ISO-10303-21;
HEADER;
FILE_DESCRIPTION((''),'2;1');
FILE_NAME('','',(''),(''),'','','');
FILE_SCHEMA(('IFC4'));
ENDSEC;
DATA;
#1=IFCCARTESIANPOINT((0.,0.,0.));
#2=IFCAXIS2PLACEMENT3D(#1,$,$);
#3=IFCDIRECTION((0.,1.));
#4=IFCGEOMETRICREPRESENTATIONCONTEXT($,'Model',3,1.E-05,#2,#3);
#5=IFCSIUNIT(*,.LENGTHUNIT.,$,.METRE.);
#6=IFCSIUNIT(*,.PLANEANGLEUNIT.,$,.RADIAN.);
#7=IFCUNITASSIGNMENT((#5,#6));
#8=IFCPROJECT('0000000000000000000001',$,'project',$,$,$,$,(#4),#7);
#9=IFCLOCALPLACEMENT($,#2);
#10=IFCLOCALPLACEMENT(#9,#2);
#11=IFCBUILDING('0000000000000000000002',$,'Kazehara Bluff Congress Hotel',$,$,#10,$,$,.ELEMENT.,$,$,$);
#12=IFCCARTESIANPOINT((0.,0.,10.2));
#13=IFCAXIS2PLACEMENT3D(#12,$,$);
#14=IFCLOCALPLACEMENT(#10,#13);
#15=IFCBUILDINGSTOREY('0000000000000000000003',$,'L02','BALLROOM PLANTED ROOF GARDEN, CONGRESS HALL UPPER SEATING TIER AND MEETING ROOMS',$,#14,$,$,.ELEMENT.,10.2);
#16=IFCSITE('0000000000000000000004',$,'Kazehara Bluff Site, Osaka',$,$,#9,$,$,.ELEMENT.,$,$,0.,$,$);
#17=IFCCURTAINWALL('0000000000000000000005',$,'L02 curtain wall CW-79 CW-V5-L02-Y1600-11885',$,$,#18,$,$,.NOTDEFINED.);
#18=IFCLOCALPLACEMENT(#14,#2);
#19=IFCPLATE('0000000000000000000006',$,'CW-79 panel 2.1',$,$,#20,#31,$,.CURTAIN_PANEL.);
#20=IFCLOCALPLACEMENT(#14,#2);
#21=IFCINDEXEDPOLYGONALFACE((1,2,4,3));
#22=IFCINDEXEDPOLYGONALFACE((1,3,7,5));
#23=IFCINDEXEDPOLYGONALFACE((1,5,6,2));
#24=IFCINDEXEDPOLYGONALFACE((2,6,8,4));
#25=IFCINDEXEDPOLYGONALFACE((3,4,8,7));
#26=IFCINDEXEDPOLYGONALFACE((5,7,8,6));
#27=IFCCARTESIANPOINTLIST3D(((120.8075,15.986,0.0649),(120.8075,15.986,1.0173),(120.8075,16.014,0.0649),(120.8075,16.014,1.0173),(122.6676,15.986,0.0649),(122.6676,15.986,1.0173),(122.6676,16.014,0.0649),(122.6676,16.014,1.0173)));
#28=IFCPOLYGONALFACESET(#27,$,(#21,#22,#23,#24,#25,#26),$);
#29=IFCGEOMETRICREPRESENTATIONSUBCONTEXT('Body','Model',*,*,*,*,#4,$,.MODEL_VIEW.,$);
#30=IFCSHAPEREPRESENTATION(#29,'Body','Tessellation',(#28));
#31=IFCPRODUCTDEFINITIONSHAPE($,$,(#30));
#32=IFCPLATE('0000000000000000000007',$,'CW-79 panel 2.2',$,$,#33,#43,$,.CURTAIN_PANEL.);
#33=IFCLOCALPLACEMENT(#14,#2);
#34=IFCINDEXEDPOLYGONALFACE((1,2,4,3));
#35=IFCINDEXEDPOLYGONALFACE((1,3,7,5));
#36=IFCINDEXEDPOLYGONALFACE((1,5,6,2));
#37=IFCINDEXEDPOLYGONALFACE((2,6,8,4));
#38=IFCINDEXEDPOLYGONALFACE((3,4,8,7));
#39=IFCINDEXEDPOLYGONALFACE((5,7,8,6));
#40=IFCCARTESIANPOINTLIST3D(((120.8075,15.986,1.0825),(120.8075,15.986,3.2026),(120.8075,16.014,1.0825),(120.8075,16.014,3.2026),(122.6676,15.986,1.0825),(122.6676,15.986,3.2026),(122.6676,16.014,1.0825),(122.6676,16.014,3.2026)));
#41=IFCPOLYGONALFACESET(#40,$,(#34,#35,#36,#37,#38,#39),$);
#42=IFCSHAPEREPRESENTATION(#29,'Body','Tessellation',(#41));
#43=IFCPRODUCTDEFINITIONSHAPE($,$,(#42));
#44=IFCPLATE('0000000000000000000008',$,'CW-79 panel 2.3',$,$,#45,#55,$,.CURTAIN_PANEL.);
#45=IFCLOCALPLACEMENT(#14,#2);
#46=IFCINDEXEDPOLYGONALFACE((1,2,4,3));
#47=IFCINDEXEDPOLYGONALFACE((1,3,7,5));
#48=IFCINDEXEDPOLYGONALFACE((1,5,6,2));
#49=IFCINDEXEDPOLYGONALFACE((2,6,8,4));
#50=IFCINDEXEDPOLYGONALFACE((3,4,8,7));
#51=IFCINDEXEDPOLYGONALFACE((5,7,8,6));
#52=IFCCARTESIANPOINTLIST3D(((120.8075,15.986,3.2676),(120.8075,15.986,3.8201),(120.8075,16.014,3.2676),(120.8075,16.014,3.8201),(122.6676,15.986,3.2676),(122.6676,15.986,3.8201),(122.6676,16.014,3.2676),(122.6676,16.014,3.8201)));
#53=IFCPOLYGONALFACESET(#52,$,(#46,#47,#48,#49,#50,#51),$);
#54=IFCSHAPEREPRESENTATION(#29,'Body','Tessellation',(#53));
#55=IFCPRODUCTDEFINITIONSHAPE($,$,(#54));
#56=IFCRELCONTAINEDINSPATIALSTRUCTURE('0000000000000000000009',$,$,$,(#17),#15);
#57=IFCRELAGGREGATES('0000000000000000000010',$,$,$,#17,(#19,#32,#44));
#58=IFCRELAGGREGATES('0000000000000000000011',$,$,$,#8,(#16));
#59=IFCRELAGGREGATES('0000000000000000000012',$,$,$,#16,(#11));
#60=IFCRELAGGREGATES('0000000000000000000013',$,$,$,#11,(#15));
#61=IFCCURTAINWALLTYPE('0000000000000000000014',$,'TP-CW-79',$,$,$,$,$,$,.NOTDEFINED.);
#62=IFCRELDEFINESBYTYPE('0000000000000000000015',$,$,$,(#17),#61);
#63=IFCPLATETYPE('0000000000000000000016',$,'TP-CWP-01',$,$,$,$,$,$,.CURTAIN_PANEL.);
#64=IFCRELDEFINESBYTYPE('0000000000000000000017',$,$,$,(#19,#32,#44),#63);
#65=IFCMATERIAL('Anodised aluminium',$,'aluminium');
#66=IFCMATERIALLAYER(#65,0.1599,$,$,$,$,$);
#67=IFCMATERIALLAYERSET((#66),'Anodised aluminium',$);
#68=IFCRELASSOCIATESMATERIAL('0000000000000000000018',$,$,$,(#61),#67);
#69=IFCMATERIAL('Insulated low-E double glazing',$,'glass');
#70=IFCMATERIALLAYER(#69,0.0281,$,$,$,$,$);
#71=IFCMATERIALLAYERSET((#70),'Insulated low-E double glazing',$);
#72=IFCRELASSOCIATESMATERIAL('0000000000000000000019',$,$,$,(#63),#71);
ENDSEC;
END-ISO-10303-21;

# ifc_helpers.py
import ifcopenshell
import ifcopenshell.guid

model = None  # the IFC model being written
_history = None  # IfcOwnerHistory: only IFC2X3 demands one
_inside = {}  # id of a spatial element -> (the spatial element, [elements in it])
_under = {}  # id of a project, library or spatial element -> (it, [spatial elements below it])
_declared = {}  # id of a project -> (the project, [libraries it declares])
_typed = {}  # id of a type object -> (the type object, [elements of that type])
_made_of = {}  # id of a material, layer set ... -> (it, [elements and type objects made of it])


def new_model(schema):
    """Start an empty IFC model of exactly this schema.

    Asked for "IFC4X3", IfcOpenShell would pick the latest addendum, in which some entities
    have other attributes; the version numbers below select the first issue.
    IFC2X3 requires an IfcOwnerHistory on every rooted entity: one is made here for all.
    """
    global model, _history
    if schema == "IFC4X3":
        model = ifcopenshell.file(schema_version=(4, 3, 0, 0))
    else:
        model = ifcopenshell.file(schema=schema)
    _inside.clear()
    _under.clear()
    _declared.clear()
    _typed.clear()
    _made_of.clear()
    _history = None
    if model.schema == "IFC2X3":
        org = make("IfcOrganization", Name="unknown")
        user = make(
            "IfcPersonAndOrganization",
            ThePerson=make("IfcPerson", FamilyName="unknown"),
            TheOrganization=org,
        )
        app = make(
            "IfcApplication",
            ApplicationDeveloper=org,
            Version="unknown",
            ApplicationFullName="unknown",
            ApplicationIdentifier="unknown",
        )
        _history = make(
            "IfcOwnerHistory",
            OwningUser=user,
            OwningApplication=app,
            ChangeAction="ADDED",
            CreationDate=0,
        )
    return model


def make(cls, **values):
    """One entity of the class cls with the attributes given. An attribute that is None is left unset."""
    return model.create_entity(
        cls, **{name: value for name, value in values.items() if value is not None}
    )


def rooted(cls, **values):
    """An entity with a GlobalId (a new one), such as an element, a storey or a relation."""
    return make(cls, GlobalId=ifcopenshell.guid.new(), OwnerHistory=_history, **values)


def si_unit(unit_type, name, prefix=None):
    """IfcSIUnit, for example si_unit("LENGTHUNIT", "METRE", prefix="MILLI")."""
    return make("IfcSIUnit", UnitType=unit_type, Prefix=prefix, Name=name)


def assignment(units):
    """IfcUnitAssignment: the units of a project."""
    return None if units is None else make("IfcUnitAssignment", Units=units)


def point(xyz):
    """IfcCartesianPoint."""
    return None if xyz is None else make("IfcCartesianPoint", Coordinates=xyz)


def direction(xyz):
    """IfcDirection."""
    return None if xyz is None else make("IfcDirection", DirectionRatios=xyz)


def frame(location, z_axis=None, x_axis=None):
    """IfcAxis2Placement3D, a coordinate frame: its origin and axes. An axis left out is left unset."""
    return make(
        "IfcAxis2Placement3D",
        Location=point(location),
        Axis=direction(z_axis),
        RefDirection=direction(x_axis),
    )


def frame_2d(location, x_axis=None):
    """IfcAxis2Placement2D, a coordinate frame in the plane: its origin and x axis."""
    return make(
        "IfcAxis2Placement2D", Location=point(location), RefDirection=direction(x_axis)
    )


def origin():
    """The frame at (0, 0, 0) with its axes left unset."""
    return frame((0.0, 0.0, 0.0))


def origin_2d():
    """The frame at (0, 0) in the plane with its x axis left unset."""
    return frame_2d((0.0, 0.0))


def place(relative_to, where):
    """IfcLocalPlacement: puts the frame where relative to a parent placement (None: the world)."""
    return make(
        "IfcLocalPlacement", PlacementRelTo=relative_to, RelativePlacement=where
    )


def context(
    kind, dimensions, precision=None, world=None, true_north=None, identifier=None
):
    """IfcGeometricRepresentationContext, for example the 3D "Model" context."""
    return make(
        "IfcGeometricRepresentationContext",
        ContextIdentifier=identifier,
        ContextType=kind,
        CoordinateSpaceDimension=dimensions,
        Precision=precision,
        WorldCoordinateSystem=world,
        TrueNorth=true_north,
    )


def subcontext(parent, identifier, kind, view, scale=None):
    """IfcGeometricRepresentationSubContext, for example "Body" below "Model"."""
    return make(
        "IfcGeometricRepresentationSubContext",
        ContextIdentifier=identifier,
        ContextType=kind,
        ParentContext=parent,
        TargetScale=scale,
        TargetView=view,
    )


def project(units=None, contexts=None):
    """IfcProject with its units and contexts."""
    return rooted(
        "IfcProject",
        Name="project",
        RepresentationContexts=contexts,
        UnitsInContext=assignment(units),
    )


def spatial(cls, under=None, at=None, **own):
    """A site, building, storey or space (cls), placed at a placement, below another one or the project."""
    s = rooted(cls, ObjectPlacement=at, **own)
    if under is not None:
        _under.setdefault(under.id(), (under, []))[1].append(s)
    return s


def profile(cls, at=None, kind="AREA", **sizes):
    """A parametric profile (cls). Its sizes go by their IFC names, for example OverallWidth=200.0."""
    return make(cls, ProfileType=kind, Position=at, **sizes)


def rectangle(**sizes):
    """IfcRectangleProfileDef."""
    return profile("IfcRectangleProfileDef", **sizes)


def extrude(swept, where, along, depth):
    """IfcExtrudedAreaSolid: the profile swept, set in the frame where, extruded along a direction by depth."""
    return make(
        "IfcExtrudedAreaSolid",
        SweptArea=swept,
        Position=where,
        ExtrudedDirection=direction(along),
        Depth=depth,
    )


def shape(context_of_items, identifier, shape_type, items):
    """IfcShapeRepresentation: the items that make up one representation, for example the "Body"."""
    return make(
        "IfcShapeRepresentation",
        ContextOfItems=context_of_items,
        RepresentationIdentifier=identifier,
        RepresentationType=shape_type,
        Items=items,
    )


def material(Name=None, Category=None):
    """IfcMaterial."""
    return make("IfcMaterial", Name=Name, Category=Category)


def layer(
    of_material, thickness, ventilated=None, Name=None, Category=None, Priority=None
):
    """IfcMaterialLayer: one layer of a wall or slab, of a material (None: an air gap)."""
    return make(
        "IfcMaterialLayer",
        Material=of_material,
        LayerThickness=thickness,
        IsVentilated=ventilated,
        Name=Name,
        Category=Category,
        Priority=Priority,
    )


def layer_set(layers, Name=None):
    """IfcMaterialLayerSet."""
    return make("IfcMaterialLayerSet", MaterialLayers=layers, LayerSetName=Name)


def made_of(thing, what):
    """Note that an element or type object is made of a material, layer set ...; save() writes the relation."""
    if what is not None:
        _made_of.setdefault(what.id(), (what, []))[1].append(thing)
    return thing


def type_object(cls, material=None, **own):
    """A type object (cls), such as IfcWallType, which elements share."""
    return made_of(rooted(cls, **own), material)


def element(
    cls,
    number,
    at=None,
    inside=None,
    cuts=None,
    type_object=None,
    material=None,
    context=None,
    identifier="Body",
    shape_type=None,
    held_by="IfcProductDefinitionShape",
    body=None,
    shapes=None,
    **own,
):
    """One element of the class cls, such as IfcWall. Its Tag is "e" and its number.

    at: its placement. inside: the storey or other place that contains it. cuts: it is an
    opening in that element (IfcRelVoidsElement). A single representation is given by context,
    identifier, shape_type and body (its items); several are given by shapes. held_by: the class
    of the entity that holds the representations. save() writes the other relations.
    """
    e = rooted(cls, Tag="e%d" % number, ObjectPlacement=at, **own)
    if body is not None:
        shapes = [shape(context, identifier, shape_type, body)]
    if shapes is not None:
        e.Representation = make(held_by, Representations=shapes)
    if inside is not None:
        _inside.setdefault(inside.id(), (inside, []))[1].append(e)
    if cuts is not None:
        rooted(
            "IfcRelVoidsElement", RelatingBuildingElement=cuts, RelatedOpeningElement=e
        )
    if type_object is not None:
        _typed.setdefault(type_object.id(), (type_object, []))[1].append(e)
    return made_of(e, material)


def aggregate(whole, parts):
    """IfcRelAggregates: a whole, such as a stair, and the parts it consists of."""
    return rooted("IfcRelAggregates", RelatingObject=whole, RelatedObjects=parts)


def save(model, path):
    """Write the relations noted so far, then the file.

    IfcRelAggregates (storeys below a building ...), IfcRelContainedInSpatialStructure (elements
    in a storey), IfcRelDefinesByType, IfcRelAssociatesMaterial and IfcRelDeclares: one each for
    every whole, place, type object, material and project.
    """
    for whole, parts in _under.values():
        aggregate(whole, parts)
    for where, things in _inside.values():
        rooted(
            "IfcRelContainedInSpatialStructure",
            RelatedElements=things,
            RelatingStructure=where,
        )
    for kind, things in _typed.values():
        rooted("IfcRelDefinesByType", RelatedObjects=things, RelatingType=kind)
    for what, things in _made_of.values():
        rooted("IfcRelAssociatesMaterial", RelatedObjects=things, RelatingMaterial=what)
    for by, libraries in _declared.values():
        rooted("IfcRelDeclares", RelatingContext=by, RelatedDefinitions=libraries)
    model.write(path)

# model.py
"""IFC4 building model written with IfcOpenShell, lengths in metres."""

from ifc_helpers import new_model, si_unit, direction, frame, origin, origin_2d, place, context, subcontext, project, spatial, rectangle, extrude, material, layer, layer_set, type_object, element, aggregate, save


model = new_model("IFC4")

# Units and contexts
model_context = context("Model", 3, precision=1e-05, world=origin(), true_north=direction((0.0, 1.0)))
body_context = subcontext(model_context, "Body", "Model", "MODEL_VIEW")
ifc_project = project(units=[si_unit("LENGTHUNIT", "METRE"), si_unit("PLANEANGLEUNIT", "RADIAN")], contexts=[model_context])

# Site, building, storey
site_placement = place(None, origin())
site = spatial("IfcSite", under=ifc_project, at=site_placement, Name="Kazehara Bluff Site, Osaka", CompositionType="ELEMENT", RefElevation=0.0)
building_placement = place(site_placement, origin())
building = spatial("IfcBuilding", under=site, at=building_placement, Name="Kazehara Bluff Congress Hotel", CompositionType="ELEMENT")
storey_placement = place(building_placement, frame((0.0, 0.0, 10.2)))
storey = spatial("IfcBuildingStorey", under=building, at=storey_placement, Name="L02", Description="BALLROOM PLANTED ROOF GARDEN, CONGRESS HALL UPPER SEATING TIER AND MEETING ROOMS", CompositionType="ELEMENT", Elevation=10.2)

# Curtain wall
ifc_material_1 = material(Name="Anodised aluminium", Category="aluminium")
ifc_layer_1 = layer(ifc_material_1, 0.1599)
ifc_layer_set_1 = layer_set([ifc_layer_1], Name="Anodised aluminium")
curtain_wall_type_1 = type_object("IfcCurtainWallType", Name="TP-CW-79", PredefinedType="NOTDEFINED", material=ifc_layer_set_1)
curtain_wall_1_placement = place(storey_placement, origin())
curtain_wall_1 = element("IfcCurtainWall", 1, at=curtain_wall_1_placement, inside=storey, type_object=curtain_wall_type_1, Name="L02 curtain wall CW-79 CW-V5-L02-Y1600-11885", PredefinedType="NOTDEFINED")

# Plates
ifc_material_2 = material(Name="Insulated low-E double glazing", Category="glass")
ifc_layer_2 = layer(ifc_material_2, 0.0281)
ifc_layer_set_2 = layer_set([ifc_layer_2], Name="Insulated low-E double glazing")
plate_type = type_object("IfcPlateType", Name="TP-CWP-01", PredefinedType="CURTAIN_PANEL", material=ifc_layer_set_2)
plate_1_placement = place(storey_placement, frame((121.7375, 16.0, 0.0649), z_axis=(0.0, 0.0, 1.0), x_axis=(1.0, 0.0, 0.0)))
plate_1 = element("IfcPlate", 2, at=plate_1_placement, type_object=plate_type, Name="CW-79 panel 2.1", PredefinedType="CURTAIN_PANEL", context=body_context, shape_type="SweptSolid", body=[
    extrude(rectangle(XDim=1.8601, YDim=0.0281, at=origin_2d()), origin(), (0.0, 0.0, 1.0), 0.9524),
])
plate_2_placement = place(storey_placement, frame((121.7375, 16.0, 1.0825), z_axis=(0.0, 0.0, 1.0), x_axis=(1.0, 0.0, 0.0)))
plate_2 = element("IfcPlate", 3, at=plate_2_placement, type_object=plate_type, Name="CW-79 panel 2.2", PredefinedType="CURTAIN_PANEL", context=body_context, shape_type="SweptSolid", body=[
    extrude(rectangle(XDim=1.8601, YDim=0.0281, at=origin_2d()), origin(), (0.0, 0.0, 1.0), 2.1201),
])
plate_3_placement = place(storey_placement, frame((121.7375, 16.0, 3.2676), z_axis=(0.0, 0.0, 1.0), x_axis=(1.0, 0.0, 0.0)))
plate_3 = element("IfcPlate", 4, at=plate_3_placement, type_object=plate_type, Name="CW-79 panel 2.3", PredefinedType="CURTAIN_PANEL", context=body_context, shape_type="SweptSolid", body=[
    extrude(rectangle(XDim=1.8601, YDim=0.0281, at=origin_2d()), origin(), (0.0, 0.0, 1.0), 0.5525),
])
aggregate(curtain_wall_1, [plate_1, plate_2, plate_3])

save(model, "model.ifc")
